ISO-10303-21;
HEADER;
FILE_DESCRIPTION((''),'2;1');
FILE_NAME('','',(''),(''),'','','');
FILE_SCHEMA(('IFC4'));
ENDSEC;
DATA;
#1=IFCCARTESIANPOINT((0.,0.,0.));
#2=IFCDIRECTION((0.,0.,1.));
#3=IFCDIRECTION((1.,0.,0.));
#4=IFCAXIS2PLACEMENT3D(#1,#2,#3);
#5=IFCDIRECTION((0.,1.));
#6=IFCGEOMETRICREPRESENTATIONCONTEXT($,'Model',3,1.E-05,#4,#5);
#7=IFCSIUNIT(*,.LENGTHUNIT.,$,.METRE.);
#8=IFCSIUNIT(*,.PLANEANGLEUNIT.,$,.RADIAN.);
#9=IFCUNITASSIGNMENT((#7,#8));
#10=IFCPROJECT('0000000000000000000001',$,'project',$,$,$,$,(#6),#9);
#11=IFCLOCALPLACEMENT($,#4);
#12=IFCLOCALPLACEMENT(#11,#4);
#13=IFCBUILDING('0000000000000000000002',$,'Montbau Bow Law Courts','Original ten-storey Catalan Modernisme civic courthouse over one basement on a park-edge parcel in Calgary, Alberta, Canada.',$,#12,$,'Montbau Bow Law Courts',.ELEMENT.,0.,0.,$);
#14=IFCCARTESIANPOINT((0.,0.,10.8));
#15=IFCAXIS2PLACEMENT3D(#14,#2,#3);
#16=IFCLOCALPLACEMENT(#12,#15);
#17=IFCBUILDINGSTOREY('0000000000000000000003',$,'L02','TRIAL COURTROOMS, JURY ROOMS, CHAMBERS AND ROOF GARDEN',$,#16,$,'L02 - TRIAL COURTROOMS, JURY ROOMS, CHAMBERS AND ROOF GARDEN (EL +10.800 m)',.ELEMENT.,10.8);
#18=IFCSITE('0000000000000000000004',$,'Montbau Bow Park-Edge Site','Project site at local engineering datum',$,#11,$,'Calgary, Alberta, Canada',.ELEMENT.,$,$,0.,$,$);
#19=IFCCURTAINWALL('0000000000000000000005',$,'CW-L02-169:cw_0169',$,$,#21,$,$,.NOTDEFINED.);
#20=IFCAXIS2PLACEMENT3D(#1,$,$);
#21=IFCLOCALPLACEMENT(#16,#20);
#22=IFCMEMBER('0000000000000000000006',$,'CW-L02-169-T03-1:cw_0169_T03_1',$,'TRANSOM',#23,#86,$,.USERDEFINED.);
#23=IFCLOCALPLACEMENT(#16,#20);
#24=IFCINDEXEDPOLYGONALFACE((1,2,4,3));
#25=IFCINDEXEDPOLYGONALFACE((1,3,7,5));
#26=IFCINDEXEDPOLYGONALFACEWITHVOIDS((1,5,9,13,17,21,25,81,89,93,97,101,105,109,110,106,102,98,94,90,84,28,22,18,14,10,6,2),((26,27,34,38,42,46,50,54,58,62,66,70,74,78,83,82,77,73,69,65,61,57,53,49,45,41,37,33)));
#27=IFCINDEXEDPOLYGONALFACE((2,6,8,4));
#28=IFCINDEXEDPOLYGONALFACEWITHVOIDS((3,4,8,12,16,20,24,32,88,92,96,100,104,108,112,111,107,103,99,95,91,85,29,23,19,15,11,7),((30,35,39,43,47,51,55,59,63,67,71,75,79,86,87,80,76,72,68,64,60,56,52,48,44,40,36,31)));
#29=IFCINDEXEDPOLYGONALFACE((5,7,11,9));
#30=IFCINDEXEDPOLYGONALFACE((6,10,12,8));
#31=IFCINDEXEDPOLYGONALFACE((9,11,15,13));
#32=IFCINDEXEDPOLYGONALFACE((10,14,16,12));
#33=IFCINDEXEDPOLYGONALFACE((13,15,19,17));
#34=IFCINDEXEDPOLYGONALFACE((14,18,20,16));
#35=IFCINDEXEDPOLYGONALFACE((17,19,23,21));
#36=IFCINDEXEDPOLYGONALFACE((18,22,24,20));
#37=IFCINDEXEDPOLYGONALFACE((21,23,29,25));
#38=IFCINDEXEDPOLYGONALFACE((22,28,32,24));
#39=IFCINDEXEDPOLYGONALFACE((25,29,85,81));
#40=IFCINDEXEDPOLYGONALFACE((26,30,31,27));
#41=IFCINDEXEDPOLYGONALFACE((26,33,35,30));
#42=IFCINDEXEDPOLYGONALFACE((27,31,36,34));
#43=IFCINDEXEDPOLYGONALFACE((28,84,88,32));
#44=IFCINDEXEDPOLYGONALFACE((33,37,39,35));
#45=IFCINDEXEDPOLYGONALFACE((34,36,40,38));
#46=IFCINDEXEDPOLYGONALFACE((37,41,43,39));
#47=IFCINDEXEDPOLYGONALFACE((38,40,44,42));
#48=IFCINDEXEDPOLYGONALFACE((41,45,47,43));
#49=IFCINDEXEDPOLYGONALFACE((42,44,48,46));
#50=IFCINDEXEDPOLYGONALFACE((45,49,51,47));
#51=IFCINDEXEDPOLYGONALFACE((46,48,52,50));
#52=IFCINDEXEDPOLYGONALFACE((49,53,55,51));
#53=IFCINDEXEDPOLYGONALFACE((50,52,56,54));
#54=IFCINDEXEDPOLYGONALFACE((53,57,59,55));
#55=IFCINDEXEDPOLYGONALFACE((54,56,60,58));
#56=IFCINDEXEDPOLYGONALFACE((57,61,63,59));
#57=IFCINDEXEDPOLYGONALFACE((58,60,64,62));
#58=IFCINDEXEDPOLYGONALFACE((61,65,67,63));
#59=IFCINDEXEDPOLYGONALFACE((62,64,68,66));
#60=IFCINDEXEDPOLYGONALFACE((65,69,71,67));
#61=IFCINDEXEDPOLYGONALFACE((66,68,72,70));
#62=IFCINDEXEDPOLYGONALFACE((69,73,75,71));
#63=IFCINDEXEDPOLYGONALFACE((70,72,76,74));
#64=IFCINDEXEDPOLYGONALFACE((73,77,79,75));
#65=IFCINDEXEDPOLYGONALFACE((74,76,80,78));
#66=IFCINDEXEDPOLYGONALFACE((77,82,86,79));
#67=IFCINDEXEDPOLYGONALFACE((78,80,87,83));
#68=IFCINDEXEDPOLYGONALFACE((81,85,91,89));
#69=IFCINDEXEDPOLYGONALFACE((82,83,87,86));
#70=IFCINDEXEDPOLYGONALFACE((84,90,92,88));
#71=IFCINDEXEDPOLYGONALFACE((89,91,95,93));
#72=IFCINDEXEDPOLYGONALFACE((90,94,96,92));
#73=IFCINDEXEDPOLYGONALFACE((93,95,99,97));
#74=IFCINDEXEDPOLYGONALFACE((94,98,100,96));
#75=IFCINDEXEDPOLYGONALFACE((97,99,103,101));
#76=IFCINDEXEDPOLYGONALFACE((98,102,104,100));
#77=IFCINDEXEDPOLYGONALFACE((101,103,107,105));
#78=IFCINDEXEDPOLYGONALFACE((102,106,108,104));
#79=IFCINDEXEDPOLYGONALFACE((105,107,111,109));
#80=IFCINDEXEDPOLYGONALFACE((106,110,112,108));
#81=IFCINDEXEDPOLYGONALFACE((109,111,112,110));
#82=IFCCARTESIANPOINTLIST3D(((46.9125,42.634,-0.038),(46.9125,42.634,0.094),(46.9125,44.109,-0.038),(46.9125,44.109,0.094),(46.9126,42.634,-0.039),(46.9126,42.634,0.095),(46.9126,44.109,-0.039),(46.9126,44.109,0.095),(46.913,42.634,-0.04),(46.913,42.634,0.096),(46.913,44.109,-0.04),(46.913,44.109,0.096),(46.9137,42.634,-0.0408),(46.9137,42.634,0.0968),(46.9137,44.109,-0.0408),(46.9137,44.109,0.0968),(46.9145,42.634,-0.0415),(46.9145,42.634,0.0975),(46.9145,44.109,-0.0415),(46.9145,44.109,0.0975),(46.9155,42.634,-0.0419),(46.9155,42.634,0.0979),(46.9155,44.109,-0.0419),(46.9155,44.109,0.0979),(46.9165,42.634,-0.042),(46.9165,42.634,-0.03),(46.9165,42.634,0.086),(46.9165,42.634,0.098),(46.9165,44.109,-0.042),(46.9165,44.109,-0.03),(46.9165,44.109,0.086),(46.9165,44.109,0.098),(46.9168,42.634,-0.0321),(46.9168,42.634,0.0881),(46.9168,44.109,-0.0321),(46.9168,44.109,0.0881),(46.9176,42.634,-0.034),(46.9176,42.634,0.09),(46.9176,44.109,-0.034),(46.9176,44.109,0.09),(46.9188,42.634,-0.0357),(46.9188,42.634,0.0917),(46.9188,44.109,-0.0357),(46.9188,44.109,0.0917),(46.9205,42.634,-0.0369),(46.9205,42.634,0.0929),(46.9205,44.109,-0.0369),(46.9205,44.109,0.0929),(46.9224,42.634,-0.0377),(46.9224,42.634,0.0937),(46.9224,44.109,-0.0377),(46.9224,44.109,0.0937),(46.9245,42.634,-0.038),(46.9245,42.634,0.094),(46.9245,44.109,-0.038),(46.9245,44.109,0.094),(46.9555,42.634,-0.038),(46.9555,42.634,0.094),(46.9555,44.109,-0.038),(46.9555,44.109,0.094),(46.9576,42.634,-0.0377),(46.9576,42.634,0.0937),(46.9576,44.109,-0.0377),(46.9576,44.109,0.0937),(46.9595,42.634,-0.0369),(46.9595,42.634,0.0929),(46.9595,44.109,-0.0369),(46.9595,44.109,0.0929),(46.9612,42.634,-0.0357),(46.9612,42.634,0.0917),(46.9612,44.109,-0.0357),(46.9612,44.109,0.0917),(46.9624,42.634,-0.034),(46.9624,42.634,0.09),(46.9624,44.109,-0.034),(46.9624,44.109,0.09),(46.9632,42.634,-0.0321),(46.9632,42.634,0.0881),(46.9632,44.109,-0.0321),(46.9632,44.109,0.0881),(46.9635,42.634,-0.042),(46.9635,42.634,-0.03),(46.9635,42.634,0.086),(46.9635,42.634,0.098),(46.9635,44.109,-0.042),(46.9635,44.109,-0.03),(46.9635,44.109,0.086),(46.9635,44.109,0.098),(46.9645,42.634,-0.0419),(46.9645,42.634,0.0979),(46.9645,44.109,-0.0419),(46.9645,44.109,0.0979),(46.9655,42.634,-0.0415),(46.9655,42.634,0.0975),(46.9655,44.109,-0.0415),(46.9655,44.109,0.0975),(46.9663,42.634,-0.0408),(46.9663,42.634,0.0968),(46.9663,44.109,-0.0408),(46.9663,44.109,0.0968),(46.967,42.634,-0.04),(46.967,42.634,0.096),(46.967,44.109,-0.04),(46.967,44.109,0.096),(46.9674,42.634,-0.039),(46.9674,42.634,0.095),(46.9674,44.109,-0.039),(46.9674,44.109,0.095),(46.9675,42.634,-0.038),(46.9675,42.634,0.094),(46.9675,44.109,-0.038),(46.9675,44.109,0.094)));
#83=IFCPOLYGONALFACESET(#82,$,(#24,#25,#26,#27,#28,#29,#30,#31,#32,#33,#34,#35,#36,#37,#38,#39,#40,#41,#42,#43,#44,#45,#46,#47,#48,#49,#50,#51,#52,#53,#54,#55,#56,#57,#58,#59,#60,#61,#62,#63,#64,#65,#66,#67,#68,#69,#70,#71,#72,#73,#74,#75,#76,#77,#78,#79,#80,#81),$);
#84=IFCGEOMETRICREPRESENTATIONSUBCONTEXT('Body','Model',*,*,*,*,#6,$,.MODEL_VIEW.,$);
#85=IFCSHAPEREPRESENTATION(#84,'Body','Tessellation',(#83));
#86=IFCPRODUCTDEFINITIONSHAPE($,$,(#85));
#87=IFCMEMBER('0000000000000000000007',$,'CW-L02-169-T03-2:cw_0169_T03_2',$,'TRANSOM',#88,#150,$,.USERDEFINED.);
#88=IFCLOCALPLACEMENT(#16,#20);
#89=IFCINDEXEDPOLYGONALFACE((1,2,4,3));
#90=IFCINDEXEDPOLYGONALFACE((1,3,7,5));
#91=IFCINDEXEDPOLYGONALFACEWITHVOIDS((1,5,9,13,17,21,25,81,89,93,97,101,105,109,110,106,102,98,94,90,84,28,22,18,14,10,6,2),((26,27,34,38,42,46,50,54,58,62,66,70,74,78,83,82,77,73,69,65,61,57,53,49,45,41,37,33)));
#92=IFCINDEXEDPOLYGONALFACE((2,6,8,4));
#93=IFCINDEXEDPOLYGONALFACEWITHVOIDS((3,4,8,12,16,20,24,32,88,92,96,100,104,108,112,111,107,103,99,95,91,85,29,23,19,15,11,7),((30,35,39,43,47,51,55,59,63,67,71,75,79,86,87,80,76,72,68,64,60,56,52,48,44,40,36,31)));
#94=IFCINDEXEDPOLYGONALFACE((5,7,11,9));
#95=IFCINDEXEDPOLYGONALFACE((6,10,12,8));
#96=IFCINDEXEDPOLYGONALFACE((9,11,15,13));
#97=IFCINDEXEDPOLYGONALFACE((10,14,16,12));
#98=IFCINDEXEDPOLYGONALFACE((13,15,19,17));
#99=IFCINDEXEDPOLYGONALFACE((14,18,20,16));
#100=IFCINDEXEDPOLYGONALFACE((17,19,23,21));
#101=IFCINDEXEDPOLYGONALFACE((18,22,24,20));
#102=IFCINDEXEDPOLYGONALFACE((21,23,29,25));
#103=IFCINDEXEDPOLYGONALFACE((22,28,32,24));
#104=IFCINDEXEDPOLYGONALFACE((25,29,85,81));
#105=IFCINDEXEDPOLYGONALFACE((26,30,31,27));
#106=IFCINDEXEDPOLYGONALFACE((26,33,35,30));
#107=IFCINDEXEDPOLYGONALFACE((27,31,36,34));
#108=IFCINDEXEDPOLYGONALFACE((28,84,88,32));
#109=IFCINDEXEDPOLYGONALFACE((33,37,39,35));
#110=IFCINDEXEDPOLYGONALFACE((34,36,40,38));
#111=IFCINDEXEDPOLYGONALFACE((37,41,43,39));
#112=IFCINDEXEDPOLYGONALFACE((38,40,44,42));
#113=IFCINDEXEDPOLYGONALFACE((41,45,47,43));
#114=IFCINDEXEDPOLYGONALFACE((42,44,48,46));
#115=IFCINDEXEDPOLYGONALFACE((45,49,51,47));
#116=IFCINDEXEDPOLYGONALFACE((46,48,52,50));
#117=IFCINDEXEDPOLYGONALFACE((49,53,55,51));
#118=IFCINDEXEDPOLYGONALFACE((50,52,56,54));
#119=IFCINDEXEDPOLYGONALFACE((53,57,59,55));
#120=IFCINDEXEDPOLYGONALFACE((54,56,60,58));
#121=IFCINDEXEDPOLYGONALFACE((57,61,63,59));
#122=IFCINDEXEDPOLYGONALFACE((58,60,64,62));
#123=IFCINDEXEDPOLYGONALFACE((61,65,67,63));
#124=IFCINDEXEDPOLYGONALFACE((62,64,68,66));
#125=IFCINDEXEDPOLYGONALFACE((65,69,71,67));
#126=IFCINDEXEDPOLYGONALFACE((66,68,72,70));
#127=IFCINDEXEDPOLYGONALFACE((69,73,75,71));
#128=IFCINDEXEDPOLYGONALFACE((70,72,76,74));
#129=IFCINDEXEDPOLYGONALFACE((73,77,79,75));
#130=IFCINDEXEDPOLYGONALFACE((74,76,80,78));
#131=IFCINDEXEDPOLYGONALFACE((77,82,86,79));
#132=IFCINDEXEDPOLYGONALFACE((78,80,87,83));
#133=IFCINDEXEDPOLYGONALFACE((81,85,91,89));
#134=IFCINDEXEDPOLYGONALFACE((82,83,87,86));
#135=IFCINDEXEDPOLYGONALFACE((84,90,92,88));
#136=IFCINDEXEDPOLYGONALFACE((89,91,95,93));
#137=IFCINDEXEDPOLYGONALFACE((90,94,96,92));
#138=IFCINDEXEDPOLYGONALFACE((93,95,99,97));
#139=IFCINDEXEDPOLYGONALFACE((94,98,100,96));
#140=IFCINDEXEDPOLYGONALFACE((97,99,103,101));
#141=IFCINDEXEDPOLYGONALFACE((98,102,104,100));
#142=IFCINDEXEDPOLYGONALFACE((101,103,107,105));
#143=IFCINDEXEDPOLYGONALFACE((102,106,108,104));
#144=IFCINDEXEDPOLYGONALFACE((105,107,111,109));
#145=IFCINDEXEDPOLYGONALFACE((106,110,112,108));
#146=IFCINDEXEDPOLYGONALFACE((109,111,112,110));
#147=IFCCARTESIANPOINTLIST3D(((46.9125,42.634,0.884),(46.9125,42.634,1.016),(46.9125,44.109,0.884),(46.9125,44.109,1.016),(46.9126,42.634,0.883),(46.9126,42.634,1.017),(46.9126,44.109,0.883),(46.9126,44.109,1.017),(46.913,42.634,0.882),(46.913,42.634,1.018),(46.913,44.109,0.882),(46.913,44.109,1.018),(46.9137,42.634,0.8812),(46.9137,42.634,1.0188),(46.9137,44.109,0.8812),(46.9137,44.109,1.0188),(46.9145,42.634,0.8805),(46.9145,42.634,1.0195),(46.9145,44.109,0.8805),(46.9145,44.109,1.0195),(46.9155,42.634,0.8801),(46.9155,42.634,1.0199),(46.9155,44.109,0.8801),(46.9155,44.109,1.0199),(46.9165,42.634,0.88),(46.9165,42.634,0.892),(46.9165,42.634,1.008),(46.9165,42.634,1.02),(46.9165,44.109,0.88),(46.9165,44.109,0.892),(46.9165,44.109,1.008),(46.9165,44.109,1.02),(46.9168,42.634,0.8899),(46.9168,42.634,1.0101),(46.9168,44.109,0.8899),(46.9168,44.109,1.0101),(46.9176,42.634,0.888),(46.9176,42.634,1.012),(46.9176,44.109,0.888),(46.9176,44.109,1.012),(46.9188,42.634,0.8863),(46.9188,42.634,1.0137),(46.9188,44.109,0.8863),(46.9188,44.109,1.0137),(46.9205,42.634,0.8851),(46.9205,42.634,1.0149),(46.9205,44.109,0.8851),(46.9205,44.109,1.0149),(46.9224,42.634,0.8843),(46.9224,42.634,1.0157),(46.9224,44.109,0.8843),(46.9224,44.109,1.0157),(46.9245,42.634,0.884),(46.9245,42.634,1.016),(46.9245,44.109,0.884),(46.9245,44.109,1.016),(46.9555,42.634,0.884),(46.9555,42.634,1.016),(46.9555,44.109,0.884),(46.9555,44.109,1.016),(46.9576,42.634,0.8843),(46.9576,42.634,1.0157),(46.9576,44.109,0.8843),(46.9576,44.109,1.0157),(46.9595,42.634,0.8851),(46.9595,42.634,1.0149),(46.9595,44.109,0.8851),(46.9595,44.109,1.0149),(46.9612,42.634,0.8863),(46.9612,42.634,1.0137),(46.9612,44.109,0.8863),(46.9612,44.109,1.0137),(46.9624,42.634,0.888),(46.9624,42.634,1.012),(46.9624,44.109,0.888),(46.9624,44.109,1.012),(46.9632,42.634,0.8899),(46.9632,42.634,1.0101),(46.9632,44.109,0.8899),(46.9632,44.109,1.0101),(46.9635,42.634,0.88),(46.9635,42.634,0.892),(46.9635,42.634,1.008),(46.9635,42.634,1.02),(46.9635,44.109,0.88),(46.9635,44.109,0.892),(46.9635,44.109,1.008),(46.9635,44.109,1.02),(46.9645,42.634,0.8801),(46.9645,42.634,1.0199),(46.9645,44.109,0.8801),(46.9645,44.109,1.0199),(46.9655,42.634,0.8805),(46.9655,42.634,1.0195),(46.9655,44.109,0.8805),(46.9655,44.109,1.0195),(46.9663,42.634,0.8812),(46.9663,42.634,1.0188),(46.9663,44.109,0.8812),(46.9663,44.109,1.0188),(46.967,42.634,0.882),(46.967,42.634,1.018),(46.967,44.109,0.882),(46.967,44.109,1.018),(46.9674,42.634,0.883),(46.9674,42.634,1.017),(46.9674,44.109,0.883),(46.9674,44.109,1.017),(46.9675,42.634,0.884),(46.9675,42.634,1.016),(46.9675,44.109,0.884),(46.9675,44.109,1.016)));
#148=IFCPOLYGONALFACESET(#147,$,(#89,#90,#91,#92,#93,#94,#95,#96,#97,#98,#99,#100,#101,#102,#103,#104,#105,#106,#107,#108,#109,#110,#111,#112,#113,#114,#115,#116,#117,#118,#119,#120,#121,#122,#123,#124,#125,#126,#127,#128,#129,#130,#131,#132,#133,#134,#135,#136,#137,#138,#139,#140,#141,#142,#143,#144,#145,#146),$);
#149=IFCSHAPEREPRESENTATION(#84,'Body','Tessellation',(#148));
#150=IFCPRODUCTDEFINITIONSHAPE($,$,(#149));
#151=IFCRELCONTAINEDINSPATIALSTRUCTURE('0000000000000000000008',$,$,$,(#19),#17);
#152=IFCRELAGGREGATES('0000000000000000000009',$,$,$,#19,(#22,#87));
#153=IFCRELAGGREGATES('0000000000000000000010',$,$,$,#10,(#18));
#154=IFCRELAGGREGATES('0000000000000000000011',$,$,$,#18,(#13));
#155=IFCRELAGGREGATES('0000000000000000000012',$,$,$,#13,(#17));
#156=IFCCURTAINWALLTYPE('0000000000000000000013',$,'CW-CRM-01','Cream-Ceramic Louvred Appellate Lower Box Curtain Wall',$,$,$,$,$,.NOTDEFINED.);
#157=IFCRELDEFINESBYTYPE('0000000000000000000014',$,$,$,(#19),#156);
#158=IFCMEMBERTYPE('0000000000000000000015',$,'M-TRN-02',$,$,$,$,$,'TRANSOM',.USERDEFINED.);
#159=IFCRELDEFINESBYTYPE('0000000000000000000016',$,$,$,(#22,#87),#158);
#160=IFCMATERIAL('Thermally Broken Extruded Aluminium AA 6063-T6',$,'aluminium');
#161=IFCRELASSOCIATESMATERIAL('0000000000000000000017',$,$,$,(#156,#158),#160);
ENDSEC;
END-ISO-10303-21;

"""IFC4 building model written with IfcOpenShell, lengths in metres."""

from ifc_helpers import new_model, si_unit, direction, frame, origin_with_axes, origin_2d_with_axis, place, context, subcontext, project, spatial, hollow_rectangle, extrude, material, material_profile, profile_set, type_object, element, aggregate, save


model = new_model("IFC4")

# Units and contexts
model_context = context("Model", 3, precision=1e-05, world=origin_with_axes(), true_north=direction((0.0, 1.0)))
body_context = subcontext(model_context, "Body", "Model", "MODEL_VIEW")
ifc_project = project(units=[si_unit("LENGTHUNIT", "METRE"), si_unit("PLANEANGLEUNIT", "RADIAN")], contexts=[model_context])

# Site, building, storey
site_placement = place(None, origin_with_axes())
site = spatial("IfcSite", under=ifc_project, at=site_placement, Name="Montbau Bow Park-Edge Site", Description="Project site at local engineering datum", LongName="Calgary, Alberta, Canada", CompositionType="ELEMENT", RefElevation=0.0)
building_placement = place(site_placement, origin_with_axes())
building = spatial("IfcBuilding", under=site, at=building_placement, Name="Montbau Bow Law Courts", Description="Original ten-storey Catalan Modernisme civic courthouse over one basement on a park-edge parcel in Calgary, Alberta, Canada.", LongName="Montbau Bow Law Courts", CompositionType="ELEMENT", ElevationOfRefHeight=0.0, ElevationOfTerrain=0.0)
storey_placement = place(building_placement, frame((0.0, 0.0, 10.8), z_axis=(0.0, 0.0, 1.0), x_axis=(1.0, 0.0, 0.0)))
storey = spatial("IfcBuildingStorey", under=building, at=storey_placement, Name="L02", Description="TRIAL COURTROOMS, JURY ROOMS, CHAMBERS AND ROOF GARDEN", LongName="L02 - TRIAL COURTROOMS, JURY ROOMS, CHAMBERS AND ROOF GARDEN (EL +10.800 m)", CompositionType="ELEMENT", Elevation=10.8)

# Curtain wall
ifc_material_1 = material(Name="Thermally Broken Extruded Aluminium AA 6063-T6", Category="aluminium")
curtain_wall_type = type_object("IfcCurtainWallType", Name="CW-CRM-01", Description="Cream-Ceramic Louvred Appellate Lower Box Curtain Wall", PredefinedType="NOTDEFINED", material=ifc_material_1)
curtain_wall_1_placement = place(None, frame((46.94, 39.515, 10.8), z_axis=(0.0, 0.0, 1.0), x_axis=(1.0, 0.0, 0.0)))
curtain_wall_1 = element("IfcCurtainWall", 1, at=curtain_wall_1_placement, inside=storey, type_object=curtain_wall_type, Name="CW-L02-169:cw_0169", PredefinedType="NOTDEFINED")

# Members
ifc_material_profile_1 = material_profile(ifc_material_1, hollow_rectangle(XDim=0.055, YDim=0.14, WallThickness=0.004, InnerFilletRadius=0.008, OuterFilletRadius=0.004, at=origin_2d_with_axis()), Name="CWT-140X55", Category="Main", Priority=0)
ifc_profile_set_1 = profile_set([ifc_material_profile_1], Name="Thermally Broken Extruded Aluminium AA 6063-T6")
member_type_1 = type_object("IfcMemberType", Name="M-TRN-02", ElementType="TRANSOM", PredefinedType="USERDEFINED", material=ifc_profile_set_1)
member_1_placement = place(None, frame((46.94, 42.634, 10.828), z_axis=(0.0, 1.0, 0.0), x_axis=(-1.0, 0.0, 0.0)))
member_1 = element("IfcMember", 2, at=member_1_placement, type_object=member_type_1, Name="CW-L02-169-T03-1:cw_0169_T03_1", ObjectType="TRANSOM", PredefinedType="USERDEFINED", context=body_context, shape_type="SweptSolid", body=[
    extrude(hollow_rectangle(XDim=0.055, YDim=0.14, WallThickness=0.004, InnerFilletRadius=0.008, OuterFilletRadius=0.004, at=origin_2d_with_axis()), origin_with_axes(), (0.0, 0.0, 1.0), 1.475),
])
member_2_placement = place(None, frame((46.94, 42.634, 11.75), z_axis=(0.0, 1.0, 0.0), x_axis=(-1.0, 0.0, 0.0)))
member_2 = element("IfcMember", 3, at=member_2_placement, type_object=member_type_1, Name="CW-L02-169-T03-2:cw_0169_T03_2", ObjectType="TRANSOM", PredefinedType="USERDEFINED", context=body_context, shape_type="SweptSolid", body=[
    extrude(hollow_rectangle(XDim=0.055, YDim=0.14, WallThickness=0.004, InnerFilletRadius=0.008, OuterFilletRadius=0.004, at=origin_2d_with_axis()), origin_with_axes(), (0.0, 0.0, 1.0), 1.475),
])

aggregate(curtain_wall_1, [member_1, member_2])

save(model, "model.ifc")
